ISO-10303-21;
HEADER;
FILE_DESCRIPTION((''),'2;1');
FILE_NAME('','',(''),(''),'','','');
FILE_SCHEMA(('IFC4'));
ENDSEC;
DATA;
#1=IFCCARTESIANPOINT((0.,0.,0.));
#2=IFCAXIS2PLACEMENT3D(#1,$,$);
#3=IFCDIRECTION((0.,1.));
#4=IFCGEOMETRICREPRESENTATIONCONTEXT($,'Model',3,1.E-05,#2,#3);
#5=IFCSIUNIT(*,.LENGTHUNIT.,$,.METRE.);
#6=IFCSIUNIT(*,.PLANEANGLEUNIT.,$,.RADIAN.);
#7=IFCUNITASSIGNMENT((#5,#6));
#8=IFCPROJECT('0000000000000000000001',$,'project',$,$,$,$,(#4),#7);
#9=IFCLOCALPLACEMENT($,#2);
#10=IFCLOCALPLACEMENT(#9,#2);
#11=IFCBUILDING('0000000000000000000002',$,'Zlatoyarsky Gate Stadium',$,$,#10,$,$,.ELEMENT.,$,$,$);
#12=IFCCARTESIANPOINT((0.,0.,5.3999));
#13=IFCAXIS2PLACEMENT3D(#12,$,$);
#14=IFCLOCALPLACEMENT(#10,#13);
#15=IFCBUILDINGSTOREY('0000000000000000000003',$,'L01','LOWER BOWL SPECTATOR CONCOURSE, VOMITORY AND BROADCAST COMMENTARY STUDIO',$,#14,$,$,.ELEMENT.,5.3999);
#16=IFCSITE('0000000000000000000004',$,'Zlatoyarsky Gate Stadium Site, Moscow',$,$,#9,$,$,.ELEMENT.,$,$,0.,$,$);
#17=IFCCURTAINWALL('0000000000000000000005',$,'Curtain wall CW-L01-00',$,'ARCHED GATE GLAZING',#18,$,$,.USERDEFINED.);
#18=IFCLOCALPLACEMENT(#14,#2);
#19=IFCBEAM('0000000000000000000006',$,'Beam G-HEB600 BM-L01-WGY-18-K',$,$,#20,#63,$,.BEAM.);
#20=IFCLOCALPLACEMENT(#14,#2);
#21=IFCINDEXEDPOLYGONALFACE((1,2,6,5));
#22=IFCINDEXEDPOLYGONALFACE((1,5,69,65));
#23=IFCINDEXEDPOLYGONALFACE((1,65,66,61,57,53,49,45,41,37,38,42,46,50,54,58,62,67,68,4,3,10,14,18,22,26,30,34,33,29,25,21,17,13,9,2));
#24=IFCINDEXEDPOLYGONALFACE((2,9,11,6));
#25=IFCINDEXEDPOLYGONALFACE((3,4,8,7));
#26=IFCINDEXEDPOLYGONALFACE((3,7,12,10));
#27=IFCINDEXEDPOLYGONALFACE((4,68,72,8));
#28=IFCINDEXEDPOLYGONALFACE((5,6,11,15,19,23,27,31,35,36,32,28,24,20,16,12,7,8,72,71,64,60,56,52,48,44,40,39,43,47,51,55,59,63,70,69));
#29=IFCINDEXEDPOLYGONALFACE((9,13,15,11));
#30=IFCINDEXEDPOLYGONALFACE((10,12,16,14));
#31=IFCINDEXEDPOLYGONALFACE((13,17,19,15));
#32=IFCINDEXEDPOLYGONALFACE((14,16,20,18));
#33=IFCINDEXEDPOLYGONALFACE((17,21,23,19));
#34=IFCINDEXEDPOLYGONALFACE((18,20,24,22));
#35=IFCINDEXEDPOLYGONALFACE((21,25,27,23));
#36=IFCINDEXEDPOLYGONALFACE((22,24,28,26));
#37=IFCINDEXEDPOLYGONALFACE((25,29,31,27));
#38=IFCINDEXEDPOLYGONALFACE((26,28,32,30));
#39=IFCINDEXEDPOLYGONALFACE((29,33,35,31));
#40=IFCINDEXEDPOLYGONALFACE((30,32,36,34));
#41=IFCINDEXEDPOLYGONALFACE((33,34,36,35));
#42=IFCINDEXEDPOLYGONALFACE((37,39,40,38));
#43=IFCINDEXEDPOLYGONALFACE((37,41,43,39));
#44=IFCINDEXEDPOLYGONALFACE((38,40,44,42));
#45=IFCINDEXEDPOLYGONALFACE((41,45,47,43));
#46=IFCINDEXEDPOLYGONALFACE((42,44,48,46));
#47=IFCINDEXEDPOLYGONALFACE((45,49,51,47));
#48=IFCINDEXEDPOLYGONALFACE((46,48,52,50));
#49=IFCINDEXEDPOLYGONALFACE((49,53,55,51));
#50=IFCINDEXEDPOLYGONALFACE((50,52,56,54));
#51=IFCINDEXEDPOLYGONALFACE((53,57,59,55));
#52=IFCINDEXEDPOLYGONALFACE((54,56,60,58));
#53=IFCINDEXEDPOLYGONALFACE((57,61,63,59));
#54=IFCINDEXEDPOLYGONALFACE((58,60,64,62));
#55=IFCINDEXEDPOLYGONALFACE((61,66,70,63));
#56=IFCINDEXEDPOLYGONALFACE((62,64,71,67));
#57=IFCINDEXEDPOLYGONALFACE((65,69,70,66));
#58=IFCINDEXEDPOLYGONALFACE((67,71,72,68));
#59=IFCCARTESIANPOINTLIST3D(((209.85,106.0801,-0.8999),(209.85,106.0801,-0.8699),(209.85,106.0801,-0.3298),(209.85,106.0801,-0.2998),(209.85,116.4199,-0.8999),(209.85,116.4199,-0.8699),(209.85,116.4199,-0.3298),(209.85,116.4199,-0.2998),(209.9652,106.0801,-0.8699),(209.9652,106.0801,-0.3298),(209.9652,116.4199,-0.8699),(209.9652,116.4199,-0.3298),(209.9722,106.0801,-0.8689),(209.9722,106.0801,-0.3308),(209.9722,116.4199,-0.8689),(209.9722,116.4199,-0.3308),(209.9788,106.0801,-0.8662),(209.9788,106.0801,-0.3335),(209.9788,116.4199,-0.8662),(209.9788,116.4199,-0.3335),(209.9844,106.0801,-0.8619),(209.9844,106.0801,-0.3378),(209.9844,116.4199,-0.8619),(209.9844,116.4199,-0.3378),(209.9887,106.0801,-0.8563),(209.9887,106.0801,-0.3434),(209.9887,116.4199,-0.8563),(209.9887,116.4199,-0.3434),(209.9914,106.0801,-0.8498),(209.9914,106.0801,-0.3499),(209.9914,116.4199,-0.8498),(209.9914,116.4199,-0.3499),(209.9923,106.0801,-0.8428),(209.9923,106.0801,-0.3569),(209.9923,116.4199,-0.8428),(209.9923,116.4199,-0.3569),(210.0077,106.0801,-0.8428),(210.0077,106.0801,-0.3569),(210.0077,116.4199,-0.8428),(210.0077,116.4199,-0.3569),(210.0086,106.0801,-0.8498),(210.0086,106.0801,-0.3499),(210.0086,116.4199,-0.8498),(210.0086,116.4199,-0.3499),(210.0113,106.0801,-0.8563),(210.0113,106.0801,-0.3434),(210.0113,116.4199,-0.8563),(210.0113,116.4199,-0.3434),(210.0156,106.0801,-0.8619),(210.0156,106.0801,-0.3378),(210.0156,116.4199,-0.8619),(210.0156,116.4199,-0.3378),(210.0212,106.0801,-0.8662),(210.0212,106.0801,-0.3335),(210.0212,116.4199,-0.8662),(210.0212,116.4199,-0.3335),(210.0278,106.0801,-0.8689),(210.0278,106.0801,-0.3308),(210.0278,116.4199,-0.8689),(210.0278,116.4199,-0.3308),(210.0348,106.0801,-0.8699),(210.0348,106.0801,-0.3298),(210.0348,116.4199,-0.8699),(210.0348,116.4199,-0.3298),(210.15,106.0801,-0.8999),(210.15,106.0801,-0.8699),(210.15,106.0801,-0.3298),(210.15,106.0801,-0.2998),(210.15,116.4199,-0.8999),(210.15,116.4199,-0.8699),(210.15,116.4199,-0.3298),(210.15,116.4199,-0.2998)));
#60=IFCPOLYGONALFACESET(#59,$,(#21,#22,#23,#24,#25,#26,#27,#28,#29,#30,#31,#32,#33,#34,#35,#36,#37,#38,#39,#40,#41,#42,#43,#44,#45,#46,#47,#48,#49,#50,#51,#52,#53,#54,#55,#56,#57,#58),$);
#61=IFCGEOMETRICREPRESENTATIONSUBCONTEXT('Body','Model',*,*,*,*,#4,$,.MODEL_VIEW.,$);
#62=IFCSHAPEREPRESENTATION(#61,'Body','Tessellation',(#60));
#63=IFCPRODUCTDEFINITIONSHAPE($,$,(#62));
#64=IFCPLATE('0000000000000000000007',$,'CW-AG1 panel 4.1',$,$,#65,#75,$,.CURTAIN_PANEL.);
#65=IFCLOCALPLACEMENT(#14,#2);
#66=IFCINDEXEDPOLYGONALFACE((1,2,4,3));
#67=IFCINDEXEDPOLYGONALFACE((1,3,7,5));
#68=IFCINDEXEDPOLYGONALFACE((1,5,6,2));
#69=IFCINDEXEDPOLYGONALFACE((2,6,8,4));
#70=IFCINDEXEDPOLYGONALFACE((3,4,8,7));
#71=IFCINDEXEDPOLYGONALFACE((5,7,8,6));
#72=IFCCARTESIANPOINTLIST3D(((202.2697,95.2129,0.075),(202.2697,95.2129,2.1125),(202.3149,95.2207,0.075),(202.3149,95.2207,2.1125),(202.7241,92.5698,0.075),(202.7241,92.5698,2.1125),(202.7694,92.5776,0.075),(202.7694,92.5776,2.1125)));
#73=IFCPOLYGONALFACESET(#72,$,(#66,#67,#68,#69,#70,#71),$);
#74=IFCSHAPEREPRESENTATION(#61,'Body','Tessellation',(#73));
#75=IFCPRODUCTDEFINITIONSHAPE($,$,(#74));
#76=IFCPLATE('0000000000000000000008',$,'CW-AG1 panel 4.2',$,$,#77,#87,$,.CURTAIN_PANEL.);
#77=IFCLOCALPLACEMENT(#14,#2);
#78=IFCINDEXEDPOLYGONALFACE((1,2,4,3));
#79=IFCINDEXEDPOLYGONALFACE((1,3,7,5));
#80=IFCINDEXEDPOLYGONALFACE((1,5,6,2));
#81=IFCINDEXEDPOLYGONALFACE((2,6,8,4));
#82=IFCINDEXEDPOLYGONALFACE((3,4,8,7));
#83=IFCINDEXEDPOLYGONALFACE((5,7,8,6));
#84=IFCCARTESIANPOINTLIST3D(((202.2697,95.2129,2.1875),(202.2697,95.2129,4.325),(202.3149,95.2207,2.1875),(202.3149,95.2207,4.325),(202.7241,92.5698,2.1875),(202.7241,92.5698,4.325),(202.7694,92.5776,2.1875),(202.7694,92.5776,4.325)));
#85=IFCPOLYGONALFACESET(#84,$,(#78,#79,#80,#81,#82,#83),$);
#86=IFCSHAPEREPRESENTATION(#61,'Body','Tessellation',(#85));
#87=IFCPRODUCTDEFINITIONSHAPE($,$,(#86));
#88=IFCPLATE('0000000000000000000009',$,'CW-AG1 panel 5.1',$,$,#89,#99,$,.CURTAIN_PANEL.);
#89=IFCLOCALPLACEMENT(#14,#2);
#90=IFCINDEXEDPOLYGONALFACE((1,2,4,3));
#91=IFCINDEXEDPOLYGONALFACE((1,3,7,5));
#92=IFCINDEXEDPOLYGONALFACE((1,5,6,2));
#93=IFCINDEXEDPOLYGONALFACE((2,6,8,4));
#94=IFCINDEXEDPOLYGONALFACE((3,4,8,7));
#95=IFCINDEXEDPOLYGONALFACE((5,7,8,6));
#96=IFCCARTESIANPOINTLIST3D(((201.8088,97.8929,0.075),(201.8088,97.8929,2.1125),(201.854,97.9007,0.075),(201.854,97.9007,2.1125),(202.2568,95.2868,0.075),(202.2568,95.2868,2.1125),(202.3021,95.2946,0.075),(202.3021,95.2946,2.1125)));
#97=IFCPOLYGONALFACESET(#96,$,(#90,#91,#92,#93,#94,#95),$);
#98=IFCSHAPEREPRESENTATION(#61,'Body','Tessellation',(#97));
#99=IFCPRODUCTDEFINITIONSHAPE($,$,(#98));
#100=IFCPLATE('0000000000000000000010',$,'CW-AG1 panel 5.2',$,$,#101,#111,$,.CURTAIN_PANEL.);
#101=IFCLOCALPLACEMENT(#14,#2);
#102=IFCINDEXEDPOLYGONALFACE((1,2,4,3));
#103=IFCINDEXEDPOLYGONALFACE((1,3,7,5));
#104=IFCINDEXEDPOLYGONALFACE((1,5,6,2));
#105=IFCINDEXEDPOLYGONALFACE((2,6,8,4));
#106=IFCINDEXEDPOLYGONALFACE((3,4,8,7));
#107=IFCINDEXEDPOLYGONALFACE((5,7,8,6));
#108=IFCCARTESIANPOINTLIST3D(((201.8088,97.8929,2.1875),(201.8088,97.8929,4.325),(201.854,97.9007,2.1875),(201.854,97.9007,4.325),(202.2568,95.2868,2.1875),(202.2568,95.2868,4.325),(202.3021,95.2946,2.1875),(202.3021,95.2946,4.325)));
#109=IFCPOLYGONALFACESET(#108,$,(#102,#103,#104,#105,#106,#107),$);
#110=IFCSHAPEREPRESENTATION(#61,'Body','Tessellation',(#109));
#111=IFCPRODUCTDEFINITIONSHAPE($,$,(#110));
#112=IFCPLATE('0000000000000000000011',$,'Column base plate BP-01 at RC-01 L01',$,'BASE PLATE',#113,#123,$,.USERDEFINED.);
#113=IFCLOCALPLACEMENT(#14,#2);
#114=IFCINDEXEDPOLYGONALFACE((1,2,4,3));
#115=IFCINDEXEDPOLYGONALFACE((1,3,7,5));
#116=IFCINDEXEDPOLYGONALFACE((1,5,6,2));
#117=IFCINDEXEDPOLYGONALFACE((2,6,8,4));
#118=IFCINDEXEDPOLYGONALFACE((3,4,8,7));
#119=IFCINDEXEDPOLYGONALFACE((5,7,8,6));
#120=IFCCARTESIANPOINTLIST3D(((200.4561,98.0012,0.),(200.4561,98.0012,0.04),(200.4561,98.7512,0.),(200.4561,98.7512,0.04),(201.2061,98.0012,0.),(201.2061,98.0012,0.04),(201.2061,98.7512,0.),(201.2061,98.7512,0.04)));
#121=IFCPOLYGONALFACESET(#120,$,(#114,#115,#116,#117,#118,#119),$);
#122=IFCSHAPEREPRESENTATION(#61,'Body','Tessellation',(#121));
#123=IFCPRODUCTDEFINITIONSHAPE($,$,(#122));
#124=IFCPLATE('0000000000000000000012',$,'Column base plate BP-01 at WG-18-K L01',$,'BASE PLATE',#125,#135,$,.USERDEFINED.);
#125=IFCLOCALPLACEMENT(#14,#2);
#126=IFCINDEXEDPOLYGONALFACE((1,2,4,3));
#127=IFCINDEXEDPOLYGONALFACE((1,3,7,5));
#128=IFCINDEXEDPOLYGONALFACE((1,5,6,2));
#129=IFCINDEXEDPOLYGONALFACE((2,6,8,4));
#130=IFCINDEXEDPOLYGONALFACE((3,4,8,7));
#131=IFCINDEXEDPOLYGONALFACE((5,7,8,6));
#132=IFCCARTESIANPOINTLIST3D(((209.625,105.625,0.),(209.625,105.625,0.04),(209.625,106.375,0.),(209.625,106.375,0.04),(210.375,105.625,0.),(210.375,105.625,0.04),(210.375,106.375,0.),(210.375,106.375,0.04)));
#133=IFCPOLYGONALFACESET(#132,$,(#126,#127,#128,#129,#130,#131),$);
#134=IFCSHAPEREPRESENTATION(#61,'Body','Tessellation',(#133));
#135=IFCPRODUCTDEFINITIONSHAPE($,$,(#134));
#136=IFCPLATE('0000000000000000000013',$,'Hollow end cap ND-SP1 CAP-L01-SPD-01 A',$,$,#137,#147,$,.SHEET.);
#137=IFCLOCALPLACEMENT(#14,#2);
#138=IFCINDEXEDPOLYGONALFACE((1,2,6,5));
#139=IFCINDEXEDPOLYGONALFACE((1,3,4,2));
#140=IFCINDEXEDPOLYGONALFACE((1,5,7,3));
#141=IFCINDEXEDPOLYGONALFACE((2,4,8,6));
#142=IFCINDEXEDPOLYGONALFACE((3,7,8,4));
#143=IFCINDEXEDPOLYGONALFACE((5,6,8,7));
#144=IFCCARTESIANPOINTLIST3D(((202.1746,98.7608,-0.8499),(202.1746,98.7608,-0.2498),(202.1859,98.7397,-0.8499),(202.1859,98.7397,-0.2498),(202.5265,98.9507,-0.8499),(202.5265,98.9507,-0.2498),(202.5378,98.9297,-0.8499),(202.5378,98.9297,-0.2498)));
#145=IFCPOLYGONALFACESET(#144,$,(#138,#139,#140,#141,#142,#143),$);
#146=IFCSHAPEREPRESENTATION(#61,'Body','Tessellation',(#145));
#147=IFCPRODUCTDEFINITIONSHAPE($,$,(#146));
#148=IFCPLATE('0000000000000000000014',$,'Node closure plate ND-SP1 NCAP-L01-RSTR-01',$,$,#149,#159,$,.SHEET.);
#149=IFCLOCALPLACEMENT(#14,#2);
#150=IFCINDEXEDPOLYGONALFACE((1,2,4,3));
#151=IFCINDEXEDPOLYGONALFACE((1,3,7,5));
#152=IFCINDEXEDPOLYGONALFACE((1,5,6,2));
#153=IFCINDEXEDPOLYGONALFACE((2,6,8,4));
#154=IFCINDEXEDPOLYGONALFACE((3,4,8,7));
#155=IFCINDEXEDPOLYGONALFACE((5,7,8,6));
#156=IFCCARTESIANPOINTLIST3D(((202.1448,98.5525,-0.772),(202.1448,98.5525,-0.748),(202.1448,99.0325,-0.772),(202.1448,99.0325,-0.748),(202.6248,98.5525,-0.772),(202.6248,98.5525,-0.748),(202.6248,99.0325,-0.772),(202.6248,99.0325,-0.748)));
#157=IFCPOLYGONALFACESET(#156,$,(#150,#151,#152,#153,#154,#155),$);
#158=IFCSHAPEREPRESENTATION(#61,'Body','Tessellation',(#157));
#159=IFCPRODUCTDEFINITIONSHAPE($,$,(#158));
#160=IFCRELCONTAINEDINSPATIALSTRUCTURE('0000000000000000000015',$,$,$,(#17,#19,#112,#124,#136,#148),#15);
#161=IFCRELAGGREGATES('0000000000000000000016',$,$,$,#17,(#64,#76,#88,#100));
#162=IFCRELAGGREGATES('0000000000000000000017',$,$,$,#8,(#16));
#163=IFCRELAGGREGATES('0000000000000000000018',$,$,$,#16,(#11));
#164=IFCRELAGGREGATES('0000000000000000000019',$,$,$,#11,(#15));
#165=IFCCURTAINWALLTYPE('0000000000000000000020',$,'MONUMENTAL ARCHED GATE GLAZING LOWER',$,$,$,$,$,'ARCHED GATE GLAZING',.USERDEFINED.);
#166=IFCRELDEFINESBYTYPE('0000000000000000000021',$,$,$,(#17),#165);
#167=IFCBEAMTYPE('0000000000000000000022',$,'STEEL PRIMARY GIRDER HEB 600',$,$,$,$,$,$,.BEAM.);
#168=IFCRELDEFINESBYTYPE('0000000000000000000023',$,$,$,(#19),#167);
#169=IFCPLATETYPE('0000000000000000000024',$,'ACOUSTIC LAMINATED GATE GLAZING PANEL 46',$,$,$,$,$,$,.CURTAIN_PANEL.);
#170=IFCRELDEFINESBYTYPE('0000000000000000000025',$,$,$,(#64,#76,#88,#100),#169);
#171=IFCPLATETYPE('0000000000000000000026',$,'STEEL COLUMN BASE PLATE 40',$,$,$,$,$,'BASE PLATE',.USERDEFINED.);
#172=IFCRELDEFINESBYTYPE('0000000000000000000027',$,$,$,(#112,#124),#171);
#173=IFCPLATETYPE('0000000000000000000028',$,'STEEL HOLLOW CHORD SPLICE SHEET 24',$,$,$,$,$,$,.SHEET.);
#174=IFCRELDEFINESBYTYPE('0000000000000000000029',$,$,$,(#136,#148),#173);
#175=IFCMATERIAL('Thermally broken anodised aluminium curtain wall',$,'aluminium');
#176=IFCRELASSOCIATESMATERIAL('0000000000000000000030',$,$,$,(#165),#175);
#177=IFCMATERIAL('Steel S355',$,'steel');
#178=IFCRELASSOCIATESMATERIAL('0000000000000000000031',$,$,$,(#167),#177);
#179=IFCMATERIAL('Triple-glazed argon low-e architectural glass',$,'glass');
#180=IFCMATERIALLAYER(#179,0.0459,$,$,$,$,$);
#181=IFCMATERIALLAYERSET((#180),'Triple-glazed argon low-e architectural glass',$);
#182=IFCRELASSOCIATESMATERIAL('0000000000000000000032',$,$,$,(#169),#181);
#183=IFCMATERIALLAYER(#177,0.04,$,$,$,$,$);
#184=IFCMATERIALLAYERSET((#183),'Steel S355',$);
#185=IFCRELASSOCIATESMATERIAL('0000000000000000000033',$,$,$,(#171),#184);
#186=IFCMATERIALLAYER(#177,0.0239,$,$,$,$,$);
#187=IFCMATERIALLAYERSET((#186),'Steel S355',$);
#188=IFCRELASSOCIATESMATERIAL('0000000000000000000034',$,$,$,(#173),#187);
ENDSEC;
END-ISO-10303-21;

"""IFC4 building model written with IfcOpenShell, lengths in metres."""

from ifc_helpers import new_model, si_unit, direction, frame, origin, origin_2d, place, context, subcontext, project, spatial, rectangle, i_section, extrude, material, layer, layer_set, material_profile, profile_set, type_object, element, aggregate, save


model = new_model("IFC4")

# Units and contexts
model_context = context("Model", 3, precision=1e-05, world=origin(), true_north=direction((0.0, 1.0)))
body_context = subcontext(model_context, "Body", "Model", "MODEL_VIEW")
ifc_project = project(units=[si_unit("LENGTHUNIT", "METRE"), si_unit("PLANEANGLEUNIT", "RADIAN")], contexts=[model_context])

# Site, building, storey
site_placement = place(None, origin())
site = spatial("IfcSite", under=ifc_project, at=site_placement, Name="Zlatoyarsky Gate Stadium Site, Moscow", CompositionType="ELEMENT", RefElevation=0.0)
building_placement = place(site_placement, origin())
building = spatial("IfcBuilding", under=site, at=building_placement, Name="Zlatoyarsky Gate Stadium", CompositionType="ELEMENT")
storey_placement = place(building_placement, frame((0.0, 0.0, 5.3999)))
storey = spatial("IfcBuildingStorey", under=building, at=storey_placement, Name="L01", Description="LOWER BOWL SPECTATOR CONCOURSE, VOMITORY AND BROADCAST COMMENTARY STUDIO", CompositionType="ELEMENT", Elevation=5.3999)

# Shared definitions
ifc_material_1 = material(Name="Steel S355", Category="steel")

# Curtain wall
ifc_material_2 = material(Name="Thermally broken anodised aluminium curtain wall", Category="aluminium")
curtain_wall_type_1 = type_object("IfcCurtainWallType", Name="MONUMENTAL ARCHED GATE GLAZING LOWER", ElementType="ARCHED GATE GLAZING", PredefinedType="USERDEFINED", material=ifc_material_2)
curtain_wall_1_placement = place(storey_placement, origin())
curtain_wall_1 = element("IfcCurtainWall", 1, at=curtain_wall_1_placement, inside=storey, type_object=curtain_wall_type_1, Name="Curtain wall CW-L01-00", ObjectType="ARCHED GATE GLAZING", PredefinedType="USERDEFINED")

# Beam
ifc_material_profile_1 = material_profile(ifc_material_1, i_section(OverallWidth=0.3, OverallDepth=0.6001, WebThickness=0.0154, FlangeThickness=0.03, FilletRadius=0.0271, at=origin_2d()), Name="HEB 600")
ifc_profile_set_1 = profile_set([ifc_material_profile_1], Name="Steel S355")
beam_type_1 = type_object("IfcBeamType", Name="STEEL PRIMARY GIRDER HEB 600", PredefinedType="BEAM", material=ifc_profile_set_1)
beam_1_placement = place(storey_placement, frame((210.0, 106.0801, -0.5999), z_axis=(0.0, 1.0, 0.0), x_axis=(-1.0, 0.0, 0.0)))
element("IfcBeam", 2, at=beam_1_placement, inside=storey, type_object=beam_type_1, Name="Beam G-HEB600 BM-L01-WGY-18-K", PredefinedType="BEAM", context=body_context, shape_type="SweptSolid", body=[
    extrude(i_section(OverallWidth=0.3, OverallDepth=0.6001, WebThickness=0.0154, FlangeThickness=0.03, FilletRadius=0.0271, at=origin_2d()), origin(), (0.0, 0.0, 1.0), 10.3398),
])

# Plates
ifc_material_3 = material(Name="Triple-glazed argon low-e architectural glass", Category="glass")
ifc_layer_1 = layer(ifc_material_3, 0.0459)
ifc_layer_set_1 = layer_set([ifc_layer_1], Name="Triple-glazed argon low-e architectural glass")
plate_type_1 = type_object("IfcPlateType", Name="ACOUSTIC LAMINATED GATE GLAZING PANEL 46", PredefinedType="CURTAIN_PANEL", material=ifc_layer_set_1)
plate_1_placement = place(storey_placement, frame((202.5195, 93.8953, 0.075), z_axis=(0.0, 0.0, 1.0), x_axis=(-0.169452, 0.985538, 0.0)))
plate_1 = element("IfcPlate", 3, at=plate_1_placement, type_object=plate_type_1, Name="CW-AG1 panel 4.1", PredefinedType="CURTAIN_PANEL", context=body_context, shape_type="SweptSolid", body=[
    extrude(rectangle(XDim=2.6819, YDim=0.0459, at=origin_2d()), origin(), (0.0, 0.0, 1.0), 2.0376),
])
plate_2_placement = place(storey_placement, frame((202.5195, 93.8953, 2.1875), z_axis=(0.0, 0.0, 1.0), x_axis=(-0.169452, 0.985538, 0.0)))
plate_2 = element("IfcPlate", 4, at=plate_2_placement, type_object=plate_type_1, Name="CW-AG1 panel 4.2", PredefinedType="CURTAIN_PANEL", context=body_context, shape_type="SweptSolid", body=[
    extrude(rectangle(XDim=2.6819, YDim=0.0459, at=origin_2d()), origin(), (0.0, 0.0, 1.0), 2.1375),
])
plate_3_placement = place(storey_placement, frame((202.0554, 96.5938, 0.075), z_axis=(0.0, 0.0, 1.0), x_axis=(-0.169452, 0.985538, 0.0)))
plate_3 = element("IfcPlate", 5, at=plate_3_placement, type_object=plate_type_1, Name="CW-AG1 panel 5.1", PredefinedType="CURTAIN_PANEL", context=body_context, shape_type="SweptSolid", body=[
    extrude(rectangle(XDim=2.6443, YDim=0.0459, at=origin_2d()), origin(), (0.0, 0.0, 1.0), 2.0376),
])
plate_4_placement = place(storey_placement, frame((202.0554, 96.5938, 2.1875), z_axis=(0.0, 0.0, 1.0), x_axis=(-0.169452, 0.985538, 0.0)))
plate_4 = element("IfcPlate", 6, at=plate_4_placement, type_object=plate_type_1, Name="CW-AG1 panel 5.2", PredefinedType="CURTAIN_PANEL", context=body_context, shape_type="SweptSolid", body=[
    extrude(rectangle(XDim=2.6443, YDim=0.0459, at=origin_2d()), origin(), (0.0, 0.0, 1.0), 2.1375),
])
aggregate(curtain_wall_1, [plate_1, plate_2, plate_3, plate_4])

# Plates
ifc_layer_2 = layer(ifc_material_1, 0.04)
ifc_layer_set_2 = layer_set([ifc_layer_2], Name="Steel S355")
plate_type_2 = type_object("IfcPlateType", Name="STEEL COLUMN BASE PLATE 40", ElementType="BASE PLATE", PredefinedType="USERDEFINED", material=ifc_layer_set_2)
for number, where, z_axis, x_axis, name in (
    (7, (200.8311, 98.3762, 0.0), (0.0, 0.0, 1.0), (1.0, 0.0, 0.0), "Column base plate BP-01 at RC-01 L01"),
    (8, (210.0, 106.0, 0.0), (0.0, 0.0, 1.0), (1.0, 0.0, 0.0), "Column base plate BP-01 at WG-18-K L01"),
):
    element("IfcPlate", number, at=place(storey_placement, frame(where, z_axis=z_axis, x_axis=x_axis)), inside=storey, type_object=plate_type_2, Name=name, ObjectType="BASE PLATE", PredefinedType="USERDEFINED", context=body_context, shape_type="SweptSolid", body=[
        extrude(rectangle(XDim=0.75, YDim=0.75, at=origin_2d()), origin(), (0.0, 0.0, 1.0), 0.04),
    ])
ifc_layer_3 = layer(ifc_material_1, 0.0239)
ifc_layer_set_3 = layer_set([ifc_layer_3], Name="Steel S355")
plate_type_3 = type_object("IfcPlateType", Name="STEEL HOLLOW CHORD SPLICE SHEET 24", PredefinedType="SHEET", material=ifc_layer_set_3)
plate_5_placement = place(storey_placement, frame((202.3562, 98.8452, -0.8499), z_axis=(0.0, 0.0, 1.0), x_axis=(-0.474958, 0.880009, 0.0)))
element("IfcPlate", 9, at=plate_5_placement, inside=storey, type_object=plate_type_3, Name="Hollow end cap ND-SP1 CAP-L01-SPD-01 A", PredefinedType="SHEET", context=body_context, shape_type="SweptSolid", body=[
    extrude(rectangle(XDim=0.0239, YDim=0.3999, at=origin_2d()), origin(), (0.0, 0.0, 1.0), 0.6001),
])
plate_6_placement = place(storey_placement, frame((202.3848, 98.7925, -0.772), z_axis=(0.0, 0.0, 1.0), x_axis=(1.0, 0.0, 0.0)))
element("IfcPlate", 10, at=plate_6_placement, inside=storey, type_object=plate_type_3, Name="Node closure plate ND-SP1 NCAP-L01-RSTR-01", PredefinedType="SHEET", context=body_context, shape_type="SweptSolid", body=[
    extrude(rectangle(XDim=0.48, YDim=0.48, at=origin_2d()), origin(), (0.0, 0.0, 1.0), 0.0239),
])

save(model, "model.ifc")
